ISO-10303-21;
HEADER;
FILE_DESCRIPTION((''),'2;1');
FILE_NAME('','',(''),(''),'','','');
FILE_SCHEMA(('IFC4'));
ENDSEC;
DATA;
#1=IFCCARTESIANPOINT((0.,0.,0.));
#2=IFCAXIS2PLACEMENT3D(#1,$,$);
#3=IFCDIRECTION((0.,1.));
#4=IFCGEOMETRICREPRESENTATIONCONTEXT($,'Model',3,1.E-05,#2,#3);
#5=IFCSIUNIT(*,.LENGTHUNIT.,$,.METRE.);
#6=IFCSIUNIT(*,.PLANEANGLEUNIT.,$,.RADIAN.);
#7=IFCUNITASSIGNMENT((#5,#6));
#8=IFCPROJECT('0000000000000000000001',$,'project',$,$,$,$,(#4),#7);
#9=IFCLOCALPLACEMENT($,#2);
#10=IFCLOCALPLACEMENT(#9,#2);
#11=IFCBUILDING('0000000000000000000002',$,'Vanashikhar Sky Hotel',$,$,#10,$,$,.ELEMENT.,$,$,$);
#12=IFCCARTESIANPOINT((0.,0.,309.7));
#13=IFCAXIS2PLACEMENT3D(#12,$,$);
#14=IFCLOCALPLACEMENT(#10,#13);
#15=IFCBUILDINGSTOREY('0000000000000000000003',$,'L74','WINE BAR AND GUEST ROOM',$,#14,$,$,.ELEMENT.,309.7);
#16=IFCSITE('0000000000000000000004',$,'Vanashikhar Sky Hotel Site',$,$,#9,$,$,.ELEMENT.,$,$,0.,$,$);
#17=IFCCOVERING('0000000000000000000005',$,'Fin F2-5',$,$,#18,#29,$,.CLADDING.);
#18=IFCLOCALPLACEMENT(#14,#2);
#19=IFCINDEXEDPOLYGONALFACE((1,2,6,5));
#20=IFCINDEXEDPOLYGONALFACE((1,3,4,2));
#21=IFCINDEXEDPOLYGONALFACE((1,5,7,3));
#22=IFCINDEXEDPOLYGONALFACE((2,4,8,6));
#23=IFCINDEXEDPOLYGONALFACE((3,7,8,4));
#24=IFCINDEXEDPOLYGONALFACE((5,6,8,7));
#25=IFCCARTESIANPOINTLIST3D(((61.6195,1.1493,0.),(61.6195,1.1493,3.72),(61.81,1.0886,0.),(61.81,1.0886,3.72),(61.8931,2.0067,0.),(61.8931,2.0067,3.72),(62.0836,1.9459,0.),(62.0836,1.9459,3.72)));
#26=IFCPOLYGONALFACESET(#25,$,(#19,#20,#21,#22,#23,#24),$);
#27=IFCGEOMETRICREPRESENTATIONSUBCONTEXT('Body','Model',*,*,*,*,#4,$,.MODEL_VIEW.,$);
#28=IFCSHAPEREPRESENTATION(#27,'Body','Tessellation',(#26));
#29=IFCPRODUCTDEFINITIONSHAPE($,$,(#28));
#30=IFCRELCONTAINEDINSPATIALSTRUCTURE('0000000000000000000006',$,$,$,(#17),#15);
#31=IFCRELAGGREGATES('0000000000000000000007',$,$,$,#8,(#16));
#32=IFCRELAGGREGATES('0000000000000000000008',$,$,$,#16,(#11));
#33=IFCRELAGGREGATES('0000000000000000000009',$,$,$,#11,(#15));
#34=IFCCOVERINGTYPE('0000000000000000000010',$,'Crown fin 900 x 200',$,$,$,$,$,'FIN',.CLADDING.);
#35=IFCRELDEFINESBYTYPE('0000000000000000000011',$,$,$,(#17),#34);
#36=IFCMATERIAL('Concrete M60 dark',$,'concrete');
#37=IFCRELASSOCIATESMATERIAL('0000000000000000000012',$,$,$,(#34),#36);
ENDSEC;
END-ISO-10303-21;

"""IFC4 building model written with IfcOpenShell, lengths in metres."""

from ifc_helpers import new_model, si_unit, direction, frame, origin, origin_2d, place, context, subcontext, project, spatial, rectangle, extrude, source, transform, mapped, material, material_profile, profile_set, type_object, element, save


model = new_model("IFC4")

# Units and contexts
model_context = context("Model", 3, precision=1e-05, world=origin(), true_north=direction((0.0, 1.0)))
body_context = subcontext(model_context, "Body", "Model", "MODEL_VIEW")
ifc_project = project(units=[si_unit("LENGTHUNIT", "METRE"), si_unit("PLANEANGLEUNIT", "RADIAN")], contexts=[model_context])

# Site, building, storey
site_placement = place(None, origin())
site = spatial("IfcSite", under=ifc_project, at=site_placement, Name="Vanashikhar Sky Hotel Site", CompositionType="ELEMENT", RefElevation=0.0)
building_placement = place(site_placement, origin())
building = spatial("IfcBuilding", under=site, at=building_placement, Name="Vanashikhar Sky Hotel", CompositionType="ELEMENT")
storey_placement = place(building_placement, frame((0.0, 0.0, 309.7)))
storey = spatial("IfcBuildingStorey", under=building, at=storey_placement, Name="L74", Description="WINE BAR AND GUEST ROOM", CompositionType="ELEMENT", Elevation=309.7)

# Covering
ifc_material_1 = material(Name="Concrete M60 dark", Category="concrete")
ifc_material_profile = material_profile(ifc_material_1, rectangle(XDim=0.8999, YDim=0.2, at=origin_2d()))
ifc_profile_set = profile_set([ifc_material_profile], Name="Crown fin 900 x 200")
covering_type = type_object("IfcCoveringType", Name="Crown fin 900 x 200", ElementType="FIN", PredefinedType="CLADDING", material=ifc_profile_set)
shared_shape_1 = source(origin(), body_context, "Body", "SweptSolid", [
    extrude(rectangle(XDim=0.8999, YDim=0.2, at=origin_2d()), origin(), (0.0, 0.0, 1.0), 3.72),
])
for number, where, z_axis, x_axis, name in (
    (1, (61.8516, 1.5476, 0.0), (0.0, 0.0, 1.0), (-0.303967, -0.952683, 0.0), "Fin F2-5"),
):
    element("IfcCovering", number, at=place(storey_placement, frame(where, z_axis=z_axis, x_axis=x_axis)), inside=storey, type_object=covering_type, Name=name, PredefinedType="CLADDING", context=body_context, shape_type="MappedRepresentation", body=[
        mapped(shared_shape_1, transform((0.0, 0.0, 0.0), scale=1.0)),
    ])

save(model, "model.ifc")
